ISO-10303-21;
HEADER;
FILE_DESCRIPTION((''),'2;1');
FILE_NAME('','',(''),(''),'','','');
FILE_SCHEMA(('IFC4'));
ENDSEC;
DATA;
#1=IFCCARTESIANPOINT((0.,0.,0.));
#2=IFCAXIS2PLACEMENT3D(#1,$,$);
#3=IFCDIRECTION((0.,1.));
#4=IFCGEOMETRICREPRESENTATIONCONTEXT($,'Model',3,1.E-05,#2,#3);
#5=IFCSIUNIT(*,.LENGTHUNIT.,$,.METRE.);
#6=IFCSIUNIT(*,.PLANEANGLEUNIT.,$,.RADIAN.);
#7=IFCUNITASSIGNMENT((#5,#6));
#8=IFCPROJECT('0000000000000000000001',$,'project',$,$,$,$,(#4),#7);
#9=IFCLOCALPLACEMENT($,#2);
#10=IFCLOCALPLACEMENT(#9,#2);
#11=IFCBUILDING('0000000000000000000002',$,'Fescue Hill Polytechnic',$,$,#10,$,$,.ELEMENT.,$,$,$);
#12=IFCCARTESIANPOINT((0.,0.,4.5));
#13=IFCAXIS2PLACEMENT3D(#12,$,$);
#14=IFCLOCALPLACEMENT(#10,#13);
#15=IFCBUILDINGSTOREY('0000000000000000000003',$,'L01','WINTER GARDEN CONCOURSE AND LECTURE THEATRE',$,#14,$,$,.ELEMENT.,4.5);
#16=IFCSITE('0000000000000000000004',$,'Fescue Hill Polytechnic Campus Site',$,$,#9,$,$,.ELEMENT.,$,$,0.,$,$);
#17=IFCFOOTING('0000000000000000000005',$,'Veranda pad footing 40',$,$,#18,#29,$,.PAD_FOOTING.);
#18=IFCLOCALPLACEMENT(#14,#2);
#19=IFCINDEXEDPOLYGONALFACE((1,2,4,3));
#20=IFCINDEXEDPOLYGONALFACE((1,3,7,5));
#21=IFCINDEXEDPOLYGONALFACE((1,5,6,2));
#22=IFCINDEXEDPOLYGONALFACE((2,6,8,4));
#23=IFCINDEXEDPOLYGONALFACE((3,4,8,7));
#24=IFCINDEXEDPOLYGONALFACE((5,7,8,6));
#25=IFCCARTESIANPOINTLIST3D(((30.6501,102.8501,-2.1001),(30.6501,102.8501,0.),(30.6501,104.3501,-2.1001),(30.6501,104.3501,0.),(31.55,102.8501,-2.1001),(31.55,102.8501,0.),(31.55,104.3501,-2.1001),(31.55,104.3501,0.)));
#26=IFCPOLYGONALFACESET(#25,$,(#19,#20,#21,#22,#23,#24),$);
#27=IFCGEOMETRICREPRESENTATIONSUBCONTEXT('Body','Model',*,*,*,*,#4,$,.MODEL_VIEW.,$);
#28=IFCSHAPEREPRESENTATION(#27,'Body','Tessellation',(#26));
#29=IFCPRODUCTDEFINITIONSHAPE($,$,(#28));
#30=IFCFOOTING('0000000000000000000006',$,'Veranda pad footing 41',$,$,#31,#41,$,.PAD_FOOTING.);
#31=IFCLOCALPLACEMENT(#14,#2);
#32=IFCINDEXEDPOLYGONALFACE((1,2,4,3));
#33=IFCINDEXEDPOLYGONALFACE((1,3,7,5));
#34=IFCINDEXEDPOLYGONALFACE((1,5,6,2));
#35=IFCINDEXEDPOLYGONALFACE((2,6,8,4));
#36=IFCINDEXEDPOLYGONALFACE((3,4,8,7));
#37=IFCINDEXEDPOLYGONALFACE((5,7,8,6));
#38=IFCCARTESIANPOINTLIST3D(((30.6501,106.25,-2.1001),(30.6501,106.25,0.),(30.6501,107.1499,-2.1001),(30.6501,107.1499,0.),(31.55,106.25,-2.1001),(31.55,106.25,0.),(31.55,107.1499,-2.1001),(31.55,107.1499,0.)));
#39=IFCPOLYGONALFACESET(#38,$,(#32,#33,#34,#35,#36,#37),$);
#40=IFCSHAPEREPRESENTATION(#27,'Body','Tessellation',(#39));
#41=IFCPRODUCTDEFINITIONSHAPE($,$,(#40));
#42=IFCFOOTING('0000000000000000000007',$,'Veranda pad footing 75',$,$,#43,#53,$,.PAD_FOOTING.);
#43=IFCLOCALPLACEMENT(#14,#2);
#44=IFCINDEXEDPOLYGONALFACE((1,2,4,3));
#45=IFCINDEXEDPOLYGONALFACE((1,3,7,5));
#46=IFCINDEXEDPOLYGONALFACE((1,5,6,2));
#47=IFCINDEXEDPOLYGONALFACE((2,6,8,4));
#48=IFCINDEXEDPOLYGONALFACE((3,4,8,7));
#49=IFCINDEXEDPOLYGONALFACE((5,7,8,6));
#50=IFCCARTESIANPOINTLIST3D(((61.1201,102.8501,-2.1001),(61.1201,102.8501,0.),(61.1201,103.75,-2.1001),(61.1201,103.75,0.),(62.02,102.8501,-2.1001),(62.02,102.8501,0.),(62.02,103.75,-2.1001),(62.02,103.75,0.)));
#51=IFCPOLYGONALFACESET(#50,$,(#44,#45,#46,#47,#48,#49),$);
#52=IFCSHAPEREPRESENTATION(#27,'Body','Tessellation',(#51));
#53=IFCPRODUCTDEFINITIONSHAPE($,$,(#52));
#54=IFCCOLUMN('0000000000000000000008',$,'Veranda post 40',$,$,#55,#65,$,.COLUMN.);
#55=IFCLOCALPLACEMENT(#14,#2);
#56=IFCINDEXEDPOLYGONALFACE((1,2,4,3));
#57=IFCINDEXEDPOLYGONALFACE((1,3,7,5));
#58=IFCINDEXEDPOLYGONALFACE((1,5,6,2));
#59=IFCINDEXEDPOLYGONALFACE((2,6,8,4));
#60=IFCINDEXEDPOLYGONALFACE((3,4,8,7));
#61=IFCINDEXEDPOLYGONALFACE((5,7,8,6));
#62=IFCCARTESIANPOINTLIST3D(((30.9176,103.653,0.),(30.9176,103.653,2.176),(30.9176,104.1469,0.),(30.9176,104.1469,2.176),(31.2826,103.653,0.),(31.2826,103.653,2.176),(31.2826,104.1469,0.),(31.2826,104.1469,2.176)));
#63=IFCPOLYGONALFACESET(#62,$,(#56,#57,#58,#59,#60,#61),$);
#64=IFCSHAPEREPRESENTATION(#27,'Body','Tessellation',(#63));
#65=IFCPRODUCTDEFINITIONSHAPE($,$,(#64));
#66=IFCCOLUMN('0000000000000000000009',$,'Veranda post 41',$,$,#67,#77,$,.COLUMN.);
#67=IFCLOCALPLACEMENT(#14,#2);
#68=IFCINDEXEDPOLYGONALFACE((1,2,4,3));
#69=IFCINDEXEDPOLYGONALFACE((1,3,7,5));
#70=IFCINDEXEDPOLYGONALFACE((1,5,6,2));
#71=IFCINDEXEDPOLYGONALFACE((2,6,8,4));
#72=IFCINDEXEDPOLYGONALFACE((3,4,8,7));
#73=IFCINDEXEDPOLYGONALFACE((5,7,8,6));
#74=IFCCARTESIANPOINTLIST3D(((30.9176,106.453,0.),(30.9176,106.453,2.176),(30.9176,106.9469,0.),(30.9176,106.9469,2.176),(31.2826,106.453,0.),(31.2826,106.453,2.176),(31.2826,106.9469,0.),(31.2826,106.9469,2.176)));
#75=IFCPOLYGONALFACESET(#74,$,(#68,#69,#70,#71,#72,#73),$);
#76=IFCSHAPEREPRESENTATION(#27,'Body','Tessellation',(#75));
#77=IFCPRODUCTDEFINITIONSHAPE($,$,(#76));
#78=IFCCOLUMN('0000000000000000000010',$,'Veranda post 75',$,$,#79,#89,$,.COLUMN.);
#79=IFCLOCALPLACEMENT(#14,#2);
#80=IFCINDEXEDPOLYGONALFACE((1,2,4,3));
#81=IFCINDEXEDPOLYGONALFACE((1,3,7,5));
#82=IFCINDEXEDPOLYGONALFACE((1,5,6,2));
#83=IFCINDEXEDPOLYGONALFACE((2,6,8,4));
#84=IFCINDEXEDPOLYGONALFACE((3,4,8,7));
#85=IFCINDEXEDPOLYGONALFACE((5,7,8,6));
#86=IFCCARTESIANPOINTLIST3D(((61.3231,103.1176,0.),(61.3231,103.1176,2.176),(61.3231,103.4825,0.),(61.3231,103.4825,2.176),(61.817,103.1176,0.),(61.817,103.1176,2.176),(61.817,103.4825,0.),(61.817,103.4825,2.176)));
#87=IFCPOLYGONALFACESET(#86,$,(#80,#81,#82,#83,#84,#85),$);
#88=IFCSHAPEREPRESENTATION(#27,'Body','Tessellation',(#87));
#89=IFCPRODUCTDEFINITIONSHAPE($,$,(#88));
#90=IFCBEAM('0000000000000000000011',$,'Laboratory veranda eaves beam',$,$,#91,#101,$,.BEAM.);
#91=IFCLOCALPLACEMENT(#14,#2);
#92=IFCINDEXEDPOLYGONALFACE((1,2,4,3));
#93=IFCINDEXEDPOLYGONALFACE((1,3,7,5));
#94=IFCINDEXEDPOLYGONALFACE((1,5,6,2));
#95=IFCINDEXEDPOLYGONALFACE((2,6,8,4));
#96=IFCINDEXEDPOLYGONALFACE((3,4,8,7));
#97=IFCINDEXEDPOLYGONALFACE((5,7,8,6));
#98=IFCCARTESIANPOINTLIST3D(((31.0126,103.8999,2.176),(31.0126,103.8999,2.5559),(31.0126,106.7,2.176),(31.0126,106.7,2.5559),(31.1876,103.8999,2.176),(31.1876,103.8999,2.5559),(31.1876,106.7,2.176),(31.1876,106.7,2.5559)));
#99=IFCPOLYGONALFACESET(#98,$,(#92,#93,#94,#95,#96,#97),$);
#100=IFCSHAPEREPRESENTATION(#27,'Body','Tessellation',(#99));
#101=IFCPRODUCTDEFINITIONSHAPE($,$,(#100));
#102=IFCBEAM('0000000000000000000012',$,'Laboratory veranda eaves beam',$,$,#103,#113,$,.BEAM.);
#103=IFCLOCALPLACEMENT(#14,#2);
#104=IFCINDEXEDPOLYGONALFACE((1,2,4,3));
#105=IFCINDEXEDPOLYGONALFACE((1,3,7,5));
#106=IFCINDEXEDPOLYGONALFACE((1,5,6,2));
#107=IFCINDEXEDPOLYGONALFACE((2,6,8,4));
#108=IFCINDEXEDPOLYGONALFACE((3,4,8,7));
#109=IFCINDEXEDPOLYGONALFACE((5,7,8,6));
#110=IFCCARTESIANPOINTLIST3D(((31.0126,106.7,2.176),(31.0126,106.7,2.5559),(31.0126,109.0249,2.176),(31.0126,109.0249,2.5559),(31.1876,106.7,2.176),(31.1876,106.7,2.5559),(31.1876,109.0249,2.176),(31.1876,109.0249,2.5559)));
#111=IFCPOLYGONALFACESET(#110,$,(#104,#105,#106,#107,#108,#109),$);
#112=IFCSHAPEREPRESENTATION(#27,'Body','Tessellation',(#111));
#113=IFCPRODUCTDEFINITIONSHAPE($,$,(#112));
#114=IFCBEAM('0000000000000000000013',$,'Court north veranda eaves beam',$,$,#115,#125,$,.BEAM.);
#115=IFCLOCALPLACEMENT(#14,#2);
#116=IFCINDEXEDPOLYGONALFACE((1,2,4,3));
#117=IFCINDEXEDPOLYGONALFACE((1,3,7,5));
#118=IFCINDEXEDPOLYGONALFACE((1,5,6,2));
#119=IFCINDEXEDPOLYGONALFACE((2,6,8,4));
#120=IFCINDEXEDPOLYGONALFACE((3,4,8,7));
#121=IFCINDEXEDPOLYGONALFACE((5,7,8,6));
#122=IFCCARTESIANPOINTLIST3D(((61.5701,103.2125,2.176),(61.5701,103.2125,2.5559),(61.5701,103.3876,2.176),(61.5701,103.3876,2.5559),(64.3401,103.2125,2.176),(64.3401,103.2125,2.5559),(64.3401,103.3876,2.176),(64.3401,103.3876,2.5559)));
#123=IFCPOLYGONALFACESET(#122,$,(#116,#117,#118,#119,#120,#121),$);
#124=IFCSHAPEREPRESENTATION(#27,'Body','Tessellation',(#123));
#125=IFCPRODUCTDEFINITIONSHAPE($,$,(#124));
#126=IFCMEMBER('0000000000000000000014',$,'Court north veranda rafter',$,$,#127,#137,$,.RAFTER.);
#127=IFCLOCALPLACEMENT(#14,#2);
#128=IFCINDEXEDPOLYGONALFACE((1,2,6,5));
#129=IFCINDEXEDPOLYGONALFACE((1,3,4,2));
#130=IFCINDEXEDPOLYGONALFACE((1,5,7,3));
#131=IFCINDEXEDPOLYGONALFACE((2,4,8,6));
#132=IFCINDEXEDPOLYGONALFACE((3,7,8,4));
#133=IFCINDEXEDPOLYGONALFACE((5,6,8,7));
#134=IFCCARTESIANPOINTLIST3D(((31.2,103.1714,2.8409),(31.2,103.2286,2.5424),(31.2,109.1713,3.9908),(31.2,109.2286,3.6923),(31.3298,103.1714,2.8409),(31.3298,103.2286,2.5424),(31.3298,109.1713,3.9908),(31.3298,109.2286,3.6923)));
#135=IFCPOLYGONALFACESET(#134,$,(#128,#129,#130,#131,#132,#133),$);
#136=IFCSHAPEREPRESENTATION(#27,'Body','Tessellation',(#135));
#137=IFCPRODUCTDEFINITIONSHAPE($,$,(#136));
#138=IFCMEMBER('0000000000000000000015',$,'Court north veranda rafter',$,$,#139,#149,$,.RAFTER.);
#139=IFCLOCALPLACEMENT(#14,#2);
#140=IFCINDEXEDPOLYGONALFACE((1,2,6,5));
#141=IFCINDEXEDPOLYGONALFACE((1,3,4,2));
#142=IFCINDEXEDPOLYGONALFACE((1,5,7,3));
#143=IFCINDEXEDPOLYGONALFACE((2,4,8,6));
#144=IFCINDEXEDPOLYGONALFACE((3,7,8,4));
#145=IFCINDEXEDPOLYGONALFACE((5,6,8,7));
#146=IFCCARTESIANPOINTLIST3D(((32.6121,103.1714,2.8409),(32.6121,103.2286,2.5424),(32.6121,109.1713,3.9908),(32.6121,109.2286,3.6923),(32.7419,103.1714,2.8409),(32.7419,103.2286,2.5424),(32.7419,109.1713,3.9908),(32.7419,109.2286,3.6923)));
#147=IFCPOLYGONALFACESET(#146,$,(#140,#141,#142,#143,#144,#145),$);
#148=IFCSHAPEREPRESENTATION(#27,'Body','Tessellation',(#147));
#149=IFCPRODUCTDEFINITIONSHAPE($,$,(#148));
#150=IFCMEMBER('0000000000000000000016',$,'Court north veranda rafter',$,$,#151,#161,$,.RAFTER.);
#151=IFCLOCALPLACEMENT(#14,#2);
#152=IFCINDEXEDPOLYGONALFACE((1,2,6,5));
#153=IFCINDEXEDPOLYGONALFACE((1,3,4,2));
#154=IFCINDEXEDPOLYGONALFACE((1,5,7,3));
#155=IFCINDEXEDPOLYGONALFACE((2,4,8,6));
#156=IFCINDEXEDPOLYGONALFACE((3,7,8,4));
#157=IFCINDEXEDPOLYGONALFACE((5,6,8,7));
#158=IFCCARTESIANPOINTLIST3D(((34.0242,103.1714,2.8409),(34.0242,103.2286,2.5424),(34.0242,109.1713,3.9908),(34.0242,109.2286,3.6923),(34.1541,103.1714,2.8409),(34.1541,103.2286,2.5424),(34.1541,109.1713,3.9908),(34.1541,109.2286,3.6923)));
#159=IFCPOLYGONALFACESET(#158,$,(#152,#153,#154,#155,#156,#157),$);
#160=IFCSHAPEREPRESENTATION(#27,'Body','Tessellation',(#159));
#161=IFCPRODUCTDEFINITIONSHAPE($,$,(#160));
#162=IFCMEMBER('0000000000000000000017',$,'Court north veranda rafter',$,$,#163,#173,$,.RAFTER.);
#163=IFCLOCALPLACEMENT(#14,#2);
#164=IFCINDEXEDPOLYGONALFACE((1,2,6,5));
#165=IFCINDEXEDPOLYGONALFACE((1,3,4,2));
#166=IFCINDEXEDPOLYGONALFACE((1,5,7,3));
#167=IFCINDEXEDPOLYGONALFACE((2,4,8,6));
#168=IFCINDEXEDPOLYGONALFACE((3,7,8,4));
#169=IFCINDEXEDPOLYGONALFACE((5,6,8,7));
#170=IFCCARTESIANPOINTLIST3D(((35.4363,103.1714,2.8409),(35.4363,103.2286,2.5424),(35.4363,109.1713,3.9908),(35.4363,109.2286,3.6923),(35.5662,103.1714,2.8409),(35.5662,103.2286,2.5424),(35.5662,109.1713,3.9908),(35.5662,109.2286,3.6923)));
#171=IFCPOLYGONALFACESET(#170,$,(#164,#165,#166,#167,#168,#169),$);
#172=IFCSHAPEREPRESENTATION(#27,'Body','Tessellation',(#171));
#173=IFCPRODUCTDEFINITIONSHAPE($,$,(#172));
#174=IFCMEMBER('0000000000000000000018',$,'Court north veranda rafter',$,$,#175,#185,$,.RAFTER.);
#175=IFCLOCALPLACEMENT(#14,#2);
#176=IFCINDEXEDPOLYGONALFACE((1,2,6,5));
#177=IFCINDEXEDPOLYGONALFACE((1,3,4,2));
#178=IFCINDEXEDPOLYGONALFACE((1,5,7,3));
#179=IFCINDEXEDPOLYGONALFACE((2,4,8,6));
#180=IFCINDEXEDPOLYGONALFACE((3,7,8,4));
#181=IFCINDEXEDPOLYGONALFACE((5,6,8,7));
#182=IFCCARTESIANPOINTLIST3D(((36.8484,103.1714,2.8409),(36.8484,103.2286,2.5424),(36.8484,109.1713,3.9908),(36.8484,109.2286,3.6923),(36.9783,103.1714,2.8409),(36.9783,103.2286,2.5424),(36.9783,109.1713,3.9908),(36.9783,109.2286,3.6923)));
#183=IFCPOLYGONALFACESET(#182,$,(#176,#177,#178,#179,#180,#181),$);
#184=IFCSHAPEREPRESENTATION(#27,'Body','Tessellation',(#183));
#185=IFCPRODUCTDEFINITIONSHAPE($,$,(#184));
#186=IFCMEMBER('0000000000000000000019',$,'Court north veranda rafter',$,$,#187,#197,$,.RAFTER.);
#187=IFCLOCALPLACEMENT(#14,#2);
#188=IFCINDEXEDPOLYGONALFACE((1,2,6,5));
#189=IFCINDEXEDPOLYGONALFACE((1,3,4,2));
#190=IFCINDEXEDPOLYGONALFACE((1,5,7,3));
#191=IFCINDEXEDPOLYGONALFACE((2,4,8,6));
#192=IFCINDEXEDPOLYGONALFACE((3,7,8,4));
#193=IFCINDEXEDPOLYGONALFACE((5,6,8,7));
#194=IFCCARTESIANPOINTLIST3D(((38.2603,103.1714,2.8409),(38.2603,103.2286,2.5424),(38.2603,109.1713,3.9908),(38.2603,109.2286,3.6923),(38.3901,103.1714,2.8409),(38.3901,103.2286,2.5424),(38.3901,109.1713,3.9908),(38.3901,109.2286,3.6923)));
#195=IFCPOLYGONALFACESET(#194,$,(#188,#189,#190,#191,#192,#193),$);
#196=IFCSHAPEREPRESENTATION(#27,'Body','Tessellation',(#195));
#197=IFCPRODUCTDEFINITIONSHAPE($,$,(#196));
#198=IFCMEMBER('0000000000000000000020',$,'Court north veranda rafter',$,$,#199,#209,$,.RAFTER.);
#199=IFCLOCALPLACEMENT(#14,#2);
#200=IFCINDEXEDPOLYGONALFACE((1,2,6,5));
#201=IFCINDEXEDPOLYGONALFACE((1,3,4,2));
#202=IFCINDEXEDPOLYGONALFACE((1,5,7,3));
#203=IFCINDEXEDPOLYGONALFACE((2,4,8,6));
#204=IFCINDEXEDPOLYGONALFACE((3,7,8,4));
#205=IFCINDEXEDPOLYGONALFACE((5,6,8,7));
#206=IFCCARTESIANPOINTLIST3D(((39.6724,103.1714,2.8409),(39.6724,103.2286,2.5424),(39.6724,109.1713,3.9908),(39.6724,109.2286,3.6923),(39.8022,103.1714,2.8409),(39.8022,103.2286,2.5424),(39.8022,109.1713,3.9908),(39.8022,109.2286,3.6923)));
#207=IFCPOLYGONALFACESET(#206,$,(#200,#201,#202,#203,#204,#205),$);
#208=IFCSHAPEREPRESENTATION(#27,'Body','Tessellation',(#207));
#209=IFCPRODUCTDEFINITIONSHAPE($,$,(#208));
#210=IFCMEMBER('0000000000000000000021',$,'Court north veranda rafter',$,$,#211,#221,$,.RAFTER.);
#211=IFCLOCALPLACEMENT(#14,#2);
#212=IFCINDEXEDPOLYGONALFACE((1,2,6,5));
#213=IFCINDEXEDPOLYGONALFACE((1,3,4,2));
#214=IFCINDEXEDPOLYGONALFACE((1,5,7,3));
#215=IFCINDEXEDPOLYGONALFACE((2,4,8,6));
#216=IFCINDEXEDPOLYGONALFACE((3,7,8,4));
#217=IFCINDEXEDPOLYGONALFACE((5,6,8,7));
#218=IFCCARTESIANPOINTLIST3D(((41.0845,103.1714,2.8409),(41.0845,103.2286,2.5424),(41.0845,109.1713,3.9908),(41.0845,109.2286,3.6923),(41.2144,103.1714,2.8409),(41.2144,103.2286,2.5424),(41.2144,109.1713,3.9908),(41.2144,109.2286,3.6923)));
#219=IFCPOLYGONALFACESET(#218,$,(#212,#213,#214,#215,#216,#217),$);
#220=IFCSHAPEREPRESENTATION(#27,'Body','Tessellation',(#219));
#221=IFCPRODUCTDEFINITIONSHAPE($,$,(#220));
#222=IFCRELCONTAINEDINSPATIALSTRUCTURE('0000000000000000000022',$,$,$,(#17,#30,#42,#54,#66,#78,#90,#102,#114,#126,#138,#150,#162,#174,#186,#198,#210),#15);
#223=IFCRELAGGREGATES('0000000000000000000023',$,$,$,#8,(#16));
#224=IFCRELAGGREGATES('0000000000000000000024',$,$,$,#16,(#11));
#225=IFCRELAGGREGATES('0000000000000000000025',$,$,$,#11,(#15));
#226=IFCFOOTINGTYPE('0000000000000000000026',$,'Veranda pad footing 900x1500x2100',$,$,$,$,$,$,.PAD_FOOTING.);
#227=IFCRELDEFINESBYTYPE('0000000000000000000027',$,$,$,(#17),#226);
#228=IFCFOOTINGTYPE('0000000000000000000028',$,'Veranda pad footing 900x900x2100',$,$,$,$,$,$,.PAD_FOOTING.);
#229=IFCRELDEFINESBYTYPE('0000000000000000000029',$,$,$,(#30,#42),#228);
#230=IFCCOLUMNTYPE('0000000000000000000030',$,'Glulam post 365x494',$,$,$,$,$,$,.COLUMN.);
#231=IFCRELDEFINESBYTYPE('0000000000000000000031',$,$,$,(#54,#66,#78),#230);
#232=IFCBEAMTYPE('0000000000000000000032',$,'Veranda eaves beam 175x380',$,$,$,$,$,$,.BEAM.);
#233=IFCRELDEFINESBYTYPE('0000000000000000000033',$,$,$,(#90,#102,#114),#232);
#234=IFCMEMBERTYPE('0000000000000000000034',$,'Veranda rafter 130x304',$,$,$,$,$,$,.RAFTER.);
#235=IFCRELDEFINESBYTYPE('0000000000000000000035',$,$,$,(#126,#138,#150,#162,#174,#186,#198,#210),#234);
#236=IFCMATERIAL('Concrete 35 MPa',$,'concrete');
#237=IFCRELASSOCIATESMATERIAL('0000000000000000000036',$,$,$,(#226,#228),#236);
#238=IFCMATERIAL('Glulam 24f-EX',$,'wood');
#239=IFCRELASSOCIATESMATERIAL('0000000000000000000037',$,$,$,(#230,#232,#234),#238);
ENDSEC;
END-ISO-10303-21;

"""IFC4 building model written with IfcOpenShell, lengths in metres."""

from ifc_helpers import new_model, si_unit, direction, frame, origin, origin_2d, place, context, subcontext, project, spatial, rectangle, extrude, material, material_profile, profile_set, type_object, element, save


model = new_model("IFC4")

# Units and contexts
model_context = context("Model", 3, precision=1e-05, world=origin(), true_north=direction((0.0, 1.0)))
body_context = subcontext(model_context, "Body", "Model", "MODEL_VIEW")
ifc_project = project(units=[si_unit("LENGTHUNIT", "METRE"), si_unit("PLANEANGLEUNIT", "RADIAN")], contexts=[model_context])

# Site, building, storey
site_placement = place(None, origin())
site = spatial("IfcSite", under=ifc_project, at=site_placement, Name="Fescue Hill Polytechnic Campus Site", CompositionType="ELEMENT", RefElevation=0.0)
building_placement = place(site_placement, origin())
building = spatial("IfcBuilding", under=site, at=building_placement, Name="Fescue Hill Polytechnic", CompositionType="ELEMENT")
storey_placement = place(building_placement, frame((0.0, 0.0, 4.5)))
storey = spatial("IfcBuildingStorey", under=building, at=storey_placement, Name="L01", Description="WINTER GARDEN CONCOURSE AND LECTURE THEATRE", CompositionType="ELEMENT", Elevation=4.5)

# Footings
ifc_material_1 = material(Name="Concrete 35 MPa", Category="concrete")
footing_type_1 = type_object("IfcFootingType", Name="Veranda pad footing 900x1500x2100", PredefinedType="PAD_FOOTING", material=ifc_material_1)
footing_placement = place(storey_placement, frame((31.1001, 103.6001, -2.1001), z_axis=(0.0, 0.0, 1.0), x_axis=(1.0, 0.0, 0.0)))
element("IfcFooting", 1, at=footing_placement, inside=storey, type_object=footing_type_1, Name="Veranda pad footing 40", PredefinedType="PAD_FOOTING", context=body_context, shape_type="SweptSolid", body=[
    extrude(rectangle(XDim=0.8999, YDim=1.5, at=origin_2d()), origin(), (0.0, 0.0, 1.0), 2.1001),
])
footing_type_2 = type_object("IfcFootingType", Name="Veranda pad footing 900x900x2100", PredefinedType="PAD_FOOTING", material=ifc_material_1)
for number, where, z_axis, x_axis, name in (
    (2, (31.1001, 106.7, -2.1001), (0.0, 0.0, 1.0), (1.0, 0.0, 0.0), "Veranda pad footing 41"),
    (3, (61.5701, 103.3, -2.1001), (0.0, 0.0, 1.0), (1.0, 0.0, 0.0), "Veranda pad footing 75"),
):
    element("IfcFooting", number, at=place(storey_placement, frame(where, z_axis=z_axis, x_axis=x_axis)), inside=storey, type_object=footing_type_2, Name=name, PredefinedType="PAD_FOOTING", context=body_context, shape_type="SweptSolid", body=[
        extrude(rectangle(XDim=0.8999, YDim=0.8999, at=origin_2d()), origin(), (0.0, 0.0, 1.0), 2.1001),
    ])

# Columns
ifc_material_2 = material(Name="Glulam 24f-EX", Category="wood")
ifc_material_profile_1 = material_profile(ifc_material_2, rectangle(XDim=0.365, YDim=0.4939, at=origin_2d()), Name="Glulam post 365x494")
ifc_profile_set_1 = profile_set([ifc_material_profile_1], Name="Glulam 24f-EX")
column_type = type_object("IfcColumnType", Name="Glulam post 365x494", PredefinedType="COLUMN", material=ifc_profile_set_1)
for number, where, z_axis, x_axis, name in (
    (4, (31.1001, 103.8999, 0.0), (0.0, 0.0, 1.0), (1.0, 0.0, 0.0), "Veranda post 40"),
    (5, (31.1001, 106.7, 0.0), (0.0, 0.0, 1.0), (1.0, 0.0, 0.0), "Veranda post 41"),
    (6, (61.5701, 103.3, 0.0), (0.0, 0.0, 1.0), (0.0, 1.0, 0.0), "Veranda post 75"),
):
    element("IfcColumn", number, at=place(storey_placement, frame(where, z_axis=z_axis, x_axis=x_axis)), inside=storey, type_object=column_type, Name=name, PredefinedType="COLUMN", context=body_context, shape_type="SweptSolid", body=[
        extrude(rectangle(XDim=0.365, YDim=0.4939, at=origin_2d()), origin(), (0.0, 0.0, 1.0), 2.176),
    ])

# Beams
ifc_material_profile_2 = material_profile(ifc_material_2, rectangle(XDim=0.175, YDim=0.3799, at=origin_2d()), Name="Veranda eaves beam 175x380")
ifc_profile_set_2 = profile_set([ifc_material_profile_2], Name="Glulam 24f-EX")
beam_type = type_object("IfcBeamType", Name="Veranda eaves beam 175x380", PredefinedType="BEAM", material=ifc_profile_set_2)
beam_1_placement = place(storey_placement, frame((31.1001, 103.8999, 2.366), z_axis=(0.0, 1.0, 0.0), x_axis=(-1.0, 0.0, 0.0)))
element("IfcBeam", 7, at=beam_1_placement, inside=storey, type_object=beam_type, Name="Laboratory veranda eaves beam", PredefinedType="BEAM", context=body_context, shape_type="SweptSolid", body=[
    extrude(rectangle(XDim=0.175, YDim=0.3799, at=origin_2d()), origin(), (0.0, 0.0, 1.0), 2.8),
])
beam_2_placement = place(storey_placement, frame((31.1001, 106.7, 2.366), z_axis=(0.0, 1.0, 0.0), x_axis=(-1.0, 0.0, 0.0)))
element("IfcBeam", 8, at=beam_2_placement, inside=storey, type_object=beam_type, Name="Laboratory veranda eaves beam", PredefinedType="BEAM", context=body_context, shape_type="SweptSolid", body=[
    extrude(rectangle(XDim=0.175, YDim=0.3799, at=origin_2d()), origin(), (0.0, 0.0, 1.0), 2.325),
])
beam_3_placement = place(storey_placement, frame((61.5701, 103.3, 2.366), z_axis=(1.0, 0.0, 0.0), x_axis=(0.0, 1.0, 0.0)))
element("IfcBeam", 9, at=beam_3_placement, inside=storey, type_object=beam_type, Name="Court north veranda eaves beam", PredefinedType="BEAM", context=body_context, shape_type="SweptSolid", body=[
    extrude(rectangle(XDim=0.175, YDim=0.3799, at=origin_2d()), origin(), (0.0, 0.0, 1.0), 2.77),
])

# Members
ifc_material_profile_3 = material_profile(ifc_material_2, rectangle(XDim=0.1299, YDim=0.304, at=origin_2d()), Name="Veranda rafter 130x304")
ifc_profile_set_3 = profile_set([ifc_material_profile_3], Name="Glulam 24f-EX")
member_type = type_object("IfcMemberType", Name="Veranda rafter 130x304", PredefinedType="RAFTER", material=ifc_profile_set_3)
for number, where, z_axis, x_axis, name in (
    (10, (31.2649, 109.2, 3.8416), (0.0, -0.982126, -0.188225), (1.0, 0.0, 0.0), "Court north veranda rafter"),
    (11, (32.677, 109.2, 3.8416), (0.0, -0.982126, -0.188225), (1.0, 0.0, 0.0), "Court north veranda rafter"),
    (12, (34.0891, 109.2, 3.8416), (0.0, -0.982126, -0.188225), (1.0, 0.0, 0.0), "Court north veranda rafter"),
    (13, (35.5012, 109.2, 3.8416), (0.0, -0.982126, -0.188225), (1.0, 0.0, 0.0), "Court north veranda rafter"),
    (14, (36.9133, 109.2, 3.8416), (0.0, -0.982126, -0.188225), (1.0, 0.0, 0.0), "Court north veranda rafter"),
    (15, (38.3252, 109.2, 3.8416), (0.0, -0.982126, -0.188225), (1.0, 0.0, 0.0), "Court north veranda rafter"),
    (16, (39.7373, 109.2, 3.8416), (0.0, -0.982126, -0.188225), (1.0, 0.0, 0.0), "Court north veranda rafter"),
    (17, (41.1494, 109.2, 3.8416), (0.0, -0.982126, -0.188225), (1.0, 0.0, 0.0), "Court north veranda rafter"),
):
    element("IfcMember", number, at=place(storey_placement, frame(where, z_axis=z_axis, x_axis=x_axis)), inside=storey, type_object=member_type, Name=name, PredefinedType="RAFTER", context=body_context, shape_type="SweptSolid", body=[
        extrude(rectangle(XDim=0.1299, YDim=0.304, at=origin_2d()), origin(), (0.0, 0.0, 1.0), 6.1091),
    ])

save(model, "model.ifc")
